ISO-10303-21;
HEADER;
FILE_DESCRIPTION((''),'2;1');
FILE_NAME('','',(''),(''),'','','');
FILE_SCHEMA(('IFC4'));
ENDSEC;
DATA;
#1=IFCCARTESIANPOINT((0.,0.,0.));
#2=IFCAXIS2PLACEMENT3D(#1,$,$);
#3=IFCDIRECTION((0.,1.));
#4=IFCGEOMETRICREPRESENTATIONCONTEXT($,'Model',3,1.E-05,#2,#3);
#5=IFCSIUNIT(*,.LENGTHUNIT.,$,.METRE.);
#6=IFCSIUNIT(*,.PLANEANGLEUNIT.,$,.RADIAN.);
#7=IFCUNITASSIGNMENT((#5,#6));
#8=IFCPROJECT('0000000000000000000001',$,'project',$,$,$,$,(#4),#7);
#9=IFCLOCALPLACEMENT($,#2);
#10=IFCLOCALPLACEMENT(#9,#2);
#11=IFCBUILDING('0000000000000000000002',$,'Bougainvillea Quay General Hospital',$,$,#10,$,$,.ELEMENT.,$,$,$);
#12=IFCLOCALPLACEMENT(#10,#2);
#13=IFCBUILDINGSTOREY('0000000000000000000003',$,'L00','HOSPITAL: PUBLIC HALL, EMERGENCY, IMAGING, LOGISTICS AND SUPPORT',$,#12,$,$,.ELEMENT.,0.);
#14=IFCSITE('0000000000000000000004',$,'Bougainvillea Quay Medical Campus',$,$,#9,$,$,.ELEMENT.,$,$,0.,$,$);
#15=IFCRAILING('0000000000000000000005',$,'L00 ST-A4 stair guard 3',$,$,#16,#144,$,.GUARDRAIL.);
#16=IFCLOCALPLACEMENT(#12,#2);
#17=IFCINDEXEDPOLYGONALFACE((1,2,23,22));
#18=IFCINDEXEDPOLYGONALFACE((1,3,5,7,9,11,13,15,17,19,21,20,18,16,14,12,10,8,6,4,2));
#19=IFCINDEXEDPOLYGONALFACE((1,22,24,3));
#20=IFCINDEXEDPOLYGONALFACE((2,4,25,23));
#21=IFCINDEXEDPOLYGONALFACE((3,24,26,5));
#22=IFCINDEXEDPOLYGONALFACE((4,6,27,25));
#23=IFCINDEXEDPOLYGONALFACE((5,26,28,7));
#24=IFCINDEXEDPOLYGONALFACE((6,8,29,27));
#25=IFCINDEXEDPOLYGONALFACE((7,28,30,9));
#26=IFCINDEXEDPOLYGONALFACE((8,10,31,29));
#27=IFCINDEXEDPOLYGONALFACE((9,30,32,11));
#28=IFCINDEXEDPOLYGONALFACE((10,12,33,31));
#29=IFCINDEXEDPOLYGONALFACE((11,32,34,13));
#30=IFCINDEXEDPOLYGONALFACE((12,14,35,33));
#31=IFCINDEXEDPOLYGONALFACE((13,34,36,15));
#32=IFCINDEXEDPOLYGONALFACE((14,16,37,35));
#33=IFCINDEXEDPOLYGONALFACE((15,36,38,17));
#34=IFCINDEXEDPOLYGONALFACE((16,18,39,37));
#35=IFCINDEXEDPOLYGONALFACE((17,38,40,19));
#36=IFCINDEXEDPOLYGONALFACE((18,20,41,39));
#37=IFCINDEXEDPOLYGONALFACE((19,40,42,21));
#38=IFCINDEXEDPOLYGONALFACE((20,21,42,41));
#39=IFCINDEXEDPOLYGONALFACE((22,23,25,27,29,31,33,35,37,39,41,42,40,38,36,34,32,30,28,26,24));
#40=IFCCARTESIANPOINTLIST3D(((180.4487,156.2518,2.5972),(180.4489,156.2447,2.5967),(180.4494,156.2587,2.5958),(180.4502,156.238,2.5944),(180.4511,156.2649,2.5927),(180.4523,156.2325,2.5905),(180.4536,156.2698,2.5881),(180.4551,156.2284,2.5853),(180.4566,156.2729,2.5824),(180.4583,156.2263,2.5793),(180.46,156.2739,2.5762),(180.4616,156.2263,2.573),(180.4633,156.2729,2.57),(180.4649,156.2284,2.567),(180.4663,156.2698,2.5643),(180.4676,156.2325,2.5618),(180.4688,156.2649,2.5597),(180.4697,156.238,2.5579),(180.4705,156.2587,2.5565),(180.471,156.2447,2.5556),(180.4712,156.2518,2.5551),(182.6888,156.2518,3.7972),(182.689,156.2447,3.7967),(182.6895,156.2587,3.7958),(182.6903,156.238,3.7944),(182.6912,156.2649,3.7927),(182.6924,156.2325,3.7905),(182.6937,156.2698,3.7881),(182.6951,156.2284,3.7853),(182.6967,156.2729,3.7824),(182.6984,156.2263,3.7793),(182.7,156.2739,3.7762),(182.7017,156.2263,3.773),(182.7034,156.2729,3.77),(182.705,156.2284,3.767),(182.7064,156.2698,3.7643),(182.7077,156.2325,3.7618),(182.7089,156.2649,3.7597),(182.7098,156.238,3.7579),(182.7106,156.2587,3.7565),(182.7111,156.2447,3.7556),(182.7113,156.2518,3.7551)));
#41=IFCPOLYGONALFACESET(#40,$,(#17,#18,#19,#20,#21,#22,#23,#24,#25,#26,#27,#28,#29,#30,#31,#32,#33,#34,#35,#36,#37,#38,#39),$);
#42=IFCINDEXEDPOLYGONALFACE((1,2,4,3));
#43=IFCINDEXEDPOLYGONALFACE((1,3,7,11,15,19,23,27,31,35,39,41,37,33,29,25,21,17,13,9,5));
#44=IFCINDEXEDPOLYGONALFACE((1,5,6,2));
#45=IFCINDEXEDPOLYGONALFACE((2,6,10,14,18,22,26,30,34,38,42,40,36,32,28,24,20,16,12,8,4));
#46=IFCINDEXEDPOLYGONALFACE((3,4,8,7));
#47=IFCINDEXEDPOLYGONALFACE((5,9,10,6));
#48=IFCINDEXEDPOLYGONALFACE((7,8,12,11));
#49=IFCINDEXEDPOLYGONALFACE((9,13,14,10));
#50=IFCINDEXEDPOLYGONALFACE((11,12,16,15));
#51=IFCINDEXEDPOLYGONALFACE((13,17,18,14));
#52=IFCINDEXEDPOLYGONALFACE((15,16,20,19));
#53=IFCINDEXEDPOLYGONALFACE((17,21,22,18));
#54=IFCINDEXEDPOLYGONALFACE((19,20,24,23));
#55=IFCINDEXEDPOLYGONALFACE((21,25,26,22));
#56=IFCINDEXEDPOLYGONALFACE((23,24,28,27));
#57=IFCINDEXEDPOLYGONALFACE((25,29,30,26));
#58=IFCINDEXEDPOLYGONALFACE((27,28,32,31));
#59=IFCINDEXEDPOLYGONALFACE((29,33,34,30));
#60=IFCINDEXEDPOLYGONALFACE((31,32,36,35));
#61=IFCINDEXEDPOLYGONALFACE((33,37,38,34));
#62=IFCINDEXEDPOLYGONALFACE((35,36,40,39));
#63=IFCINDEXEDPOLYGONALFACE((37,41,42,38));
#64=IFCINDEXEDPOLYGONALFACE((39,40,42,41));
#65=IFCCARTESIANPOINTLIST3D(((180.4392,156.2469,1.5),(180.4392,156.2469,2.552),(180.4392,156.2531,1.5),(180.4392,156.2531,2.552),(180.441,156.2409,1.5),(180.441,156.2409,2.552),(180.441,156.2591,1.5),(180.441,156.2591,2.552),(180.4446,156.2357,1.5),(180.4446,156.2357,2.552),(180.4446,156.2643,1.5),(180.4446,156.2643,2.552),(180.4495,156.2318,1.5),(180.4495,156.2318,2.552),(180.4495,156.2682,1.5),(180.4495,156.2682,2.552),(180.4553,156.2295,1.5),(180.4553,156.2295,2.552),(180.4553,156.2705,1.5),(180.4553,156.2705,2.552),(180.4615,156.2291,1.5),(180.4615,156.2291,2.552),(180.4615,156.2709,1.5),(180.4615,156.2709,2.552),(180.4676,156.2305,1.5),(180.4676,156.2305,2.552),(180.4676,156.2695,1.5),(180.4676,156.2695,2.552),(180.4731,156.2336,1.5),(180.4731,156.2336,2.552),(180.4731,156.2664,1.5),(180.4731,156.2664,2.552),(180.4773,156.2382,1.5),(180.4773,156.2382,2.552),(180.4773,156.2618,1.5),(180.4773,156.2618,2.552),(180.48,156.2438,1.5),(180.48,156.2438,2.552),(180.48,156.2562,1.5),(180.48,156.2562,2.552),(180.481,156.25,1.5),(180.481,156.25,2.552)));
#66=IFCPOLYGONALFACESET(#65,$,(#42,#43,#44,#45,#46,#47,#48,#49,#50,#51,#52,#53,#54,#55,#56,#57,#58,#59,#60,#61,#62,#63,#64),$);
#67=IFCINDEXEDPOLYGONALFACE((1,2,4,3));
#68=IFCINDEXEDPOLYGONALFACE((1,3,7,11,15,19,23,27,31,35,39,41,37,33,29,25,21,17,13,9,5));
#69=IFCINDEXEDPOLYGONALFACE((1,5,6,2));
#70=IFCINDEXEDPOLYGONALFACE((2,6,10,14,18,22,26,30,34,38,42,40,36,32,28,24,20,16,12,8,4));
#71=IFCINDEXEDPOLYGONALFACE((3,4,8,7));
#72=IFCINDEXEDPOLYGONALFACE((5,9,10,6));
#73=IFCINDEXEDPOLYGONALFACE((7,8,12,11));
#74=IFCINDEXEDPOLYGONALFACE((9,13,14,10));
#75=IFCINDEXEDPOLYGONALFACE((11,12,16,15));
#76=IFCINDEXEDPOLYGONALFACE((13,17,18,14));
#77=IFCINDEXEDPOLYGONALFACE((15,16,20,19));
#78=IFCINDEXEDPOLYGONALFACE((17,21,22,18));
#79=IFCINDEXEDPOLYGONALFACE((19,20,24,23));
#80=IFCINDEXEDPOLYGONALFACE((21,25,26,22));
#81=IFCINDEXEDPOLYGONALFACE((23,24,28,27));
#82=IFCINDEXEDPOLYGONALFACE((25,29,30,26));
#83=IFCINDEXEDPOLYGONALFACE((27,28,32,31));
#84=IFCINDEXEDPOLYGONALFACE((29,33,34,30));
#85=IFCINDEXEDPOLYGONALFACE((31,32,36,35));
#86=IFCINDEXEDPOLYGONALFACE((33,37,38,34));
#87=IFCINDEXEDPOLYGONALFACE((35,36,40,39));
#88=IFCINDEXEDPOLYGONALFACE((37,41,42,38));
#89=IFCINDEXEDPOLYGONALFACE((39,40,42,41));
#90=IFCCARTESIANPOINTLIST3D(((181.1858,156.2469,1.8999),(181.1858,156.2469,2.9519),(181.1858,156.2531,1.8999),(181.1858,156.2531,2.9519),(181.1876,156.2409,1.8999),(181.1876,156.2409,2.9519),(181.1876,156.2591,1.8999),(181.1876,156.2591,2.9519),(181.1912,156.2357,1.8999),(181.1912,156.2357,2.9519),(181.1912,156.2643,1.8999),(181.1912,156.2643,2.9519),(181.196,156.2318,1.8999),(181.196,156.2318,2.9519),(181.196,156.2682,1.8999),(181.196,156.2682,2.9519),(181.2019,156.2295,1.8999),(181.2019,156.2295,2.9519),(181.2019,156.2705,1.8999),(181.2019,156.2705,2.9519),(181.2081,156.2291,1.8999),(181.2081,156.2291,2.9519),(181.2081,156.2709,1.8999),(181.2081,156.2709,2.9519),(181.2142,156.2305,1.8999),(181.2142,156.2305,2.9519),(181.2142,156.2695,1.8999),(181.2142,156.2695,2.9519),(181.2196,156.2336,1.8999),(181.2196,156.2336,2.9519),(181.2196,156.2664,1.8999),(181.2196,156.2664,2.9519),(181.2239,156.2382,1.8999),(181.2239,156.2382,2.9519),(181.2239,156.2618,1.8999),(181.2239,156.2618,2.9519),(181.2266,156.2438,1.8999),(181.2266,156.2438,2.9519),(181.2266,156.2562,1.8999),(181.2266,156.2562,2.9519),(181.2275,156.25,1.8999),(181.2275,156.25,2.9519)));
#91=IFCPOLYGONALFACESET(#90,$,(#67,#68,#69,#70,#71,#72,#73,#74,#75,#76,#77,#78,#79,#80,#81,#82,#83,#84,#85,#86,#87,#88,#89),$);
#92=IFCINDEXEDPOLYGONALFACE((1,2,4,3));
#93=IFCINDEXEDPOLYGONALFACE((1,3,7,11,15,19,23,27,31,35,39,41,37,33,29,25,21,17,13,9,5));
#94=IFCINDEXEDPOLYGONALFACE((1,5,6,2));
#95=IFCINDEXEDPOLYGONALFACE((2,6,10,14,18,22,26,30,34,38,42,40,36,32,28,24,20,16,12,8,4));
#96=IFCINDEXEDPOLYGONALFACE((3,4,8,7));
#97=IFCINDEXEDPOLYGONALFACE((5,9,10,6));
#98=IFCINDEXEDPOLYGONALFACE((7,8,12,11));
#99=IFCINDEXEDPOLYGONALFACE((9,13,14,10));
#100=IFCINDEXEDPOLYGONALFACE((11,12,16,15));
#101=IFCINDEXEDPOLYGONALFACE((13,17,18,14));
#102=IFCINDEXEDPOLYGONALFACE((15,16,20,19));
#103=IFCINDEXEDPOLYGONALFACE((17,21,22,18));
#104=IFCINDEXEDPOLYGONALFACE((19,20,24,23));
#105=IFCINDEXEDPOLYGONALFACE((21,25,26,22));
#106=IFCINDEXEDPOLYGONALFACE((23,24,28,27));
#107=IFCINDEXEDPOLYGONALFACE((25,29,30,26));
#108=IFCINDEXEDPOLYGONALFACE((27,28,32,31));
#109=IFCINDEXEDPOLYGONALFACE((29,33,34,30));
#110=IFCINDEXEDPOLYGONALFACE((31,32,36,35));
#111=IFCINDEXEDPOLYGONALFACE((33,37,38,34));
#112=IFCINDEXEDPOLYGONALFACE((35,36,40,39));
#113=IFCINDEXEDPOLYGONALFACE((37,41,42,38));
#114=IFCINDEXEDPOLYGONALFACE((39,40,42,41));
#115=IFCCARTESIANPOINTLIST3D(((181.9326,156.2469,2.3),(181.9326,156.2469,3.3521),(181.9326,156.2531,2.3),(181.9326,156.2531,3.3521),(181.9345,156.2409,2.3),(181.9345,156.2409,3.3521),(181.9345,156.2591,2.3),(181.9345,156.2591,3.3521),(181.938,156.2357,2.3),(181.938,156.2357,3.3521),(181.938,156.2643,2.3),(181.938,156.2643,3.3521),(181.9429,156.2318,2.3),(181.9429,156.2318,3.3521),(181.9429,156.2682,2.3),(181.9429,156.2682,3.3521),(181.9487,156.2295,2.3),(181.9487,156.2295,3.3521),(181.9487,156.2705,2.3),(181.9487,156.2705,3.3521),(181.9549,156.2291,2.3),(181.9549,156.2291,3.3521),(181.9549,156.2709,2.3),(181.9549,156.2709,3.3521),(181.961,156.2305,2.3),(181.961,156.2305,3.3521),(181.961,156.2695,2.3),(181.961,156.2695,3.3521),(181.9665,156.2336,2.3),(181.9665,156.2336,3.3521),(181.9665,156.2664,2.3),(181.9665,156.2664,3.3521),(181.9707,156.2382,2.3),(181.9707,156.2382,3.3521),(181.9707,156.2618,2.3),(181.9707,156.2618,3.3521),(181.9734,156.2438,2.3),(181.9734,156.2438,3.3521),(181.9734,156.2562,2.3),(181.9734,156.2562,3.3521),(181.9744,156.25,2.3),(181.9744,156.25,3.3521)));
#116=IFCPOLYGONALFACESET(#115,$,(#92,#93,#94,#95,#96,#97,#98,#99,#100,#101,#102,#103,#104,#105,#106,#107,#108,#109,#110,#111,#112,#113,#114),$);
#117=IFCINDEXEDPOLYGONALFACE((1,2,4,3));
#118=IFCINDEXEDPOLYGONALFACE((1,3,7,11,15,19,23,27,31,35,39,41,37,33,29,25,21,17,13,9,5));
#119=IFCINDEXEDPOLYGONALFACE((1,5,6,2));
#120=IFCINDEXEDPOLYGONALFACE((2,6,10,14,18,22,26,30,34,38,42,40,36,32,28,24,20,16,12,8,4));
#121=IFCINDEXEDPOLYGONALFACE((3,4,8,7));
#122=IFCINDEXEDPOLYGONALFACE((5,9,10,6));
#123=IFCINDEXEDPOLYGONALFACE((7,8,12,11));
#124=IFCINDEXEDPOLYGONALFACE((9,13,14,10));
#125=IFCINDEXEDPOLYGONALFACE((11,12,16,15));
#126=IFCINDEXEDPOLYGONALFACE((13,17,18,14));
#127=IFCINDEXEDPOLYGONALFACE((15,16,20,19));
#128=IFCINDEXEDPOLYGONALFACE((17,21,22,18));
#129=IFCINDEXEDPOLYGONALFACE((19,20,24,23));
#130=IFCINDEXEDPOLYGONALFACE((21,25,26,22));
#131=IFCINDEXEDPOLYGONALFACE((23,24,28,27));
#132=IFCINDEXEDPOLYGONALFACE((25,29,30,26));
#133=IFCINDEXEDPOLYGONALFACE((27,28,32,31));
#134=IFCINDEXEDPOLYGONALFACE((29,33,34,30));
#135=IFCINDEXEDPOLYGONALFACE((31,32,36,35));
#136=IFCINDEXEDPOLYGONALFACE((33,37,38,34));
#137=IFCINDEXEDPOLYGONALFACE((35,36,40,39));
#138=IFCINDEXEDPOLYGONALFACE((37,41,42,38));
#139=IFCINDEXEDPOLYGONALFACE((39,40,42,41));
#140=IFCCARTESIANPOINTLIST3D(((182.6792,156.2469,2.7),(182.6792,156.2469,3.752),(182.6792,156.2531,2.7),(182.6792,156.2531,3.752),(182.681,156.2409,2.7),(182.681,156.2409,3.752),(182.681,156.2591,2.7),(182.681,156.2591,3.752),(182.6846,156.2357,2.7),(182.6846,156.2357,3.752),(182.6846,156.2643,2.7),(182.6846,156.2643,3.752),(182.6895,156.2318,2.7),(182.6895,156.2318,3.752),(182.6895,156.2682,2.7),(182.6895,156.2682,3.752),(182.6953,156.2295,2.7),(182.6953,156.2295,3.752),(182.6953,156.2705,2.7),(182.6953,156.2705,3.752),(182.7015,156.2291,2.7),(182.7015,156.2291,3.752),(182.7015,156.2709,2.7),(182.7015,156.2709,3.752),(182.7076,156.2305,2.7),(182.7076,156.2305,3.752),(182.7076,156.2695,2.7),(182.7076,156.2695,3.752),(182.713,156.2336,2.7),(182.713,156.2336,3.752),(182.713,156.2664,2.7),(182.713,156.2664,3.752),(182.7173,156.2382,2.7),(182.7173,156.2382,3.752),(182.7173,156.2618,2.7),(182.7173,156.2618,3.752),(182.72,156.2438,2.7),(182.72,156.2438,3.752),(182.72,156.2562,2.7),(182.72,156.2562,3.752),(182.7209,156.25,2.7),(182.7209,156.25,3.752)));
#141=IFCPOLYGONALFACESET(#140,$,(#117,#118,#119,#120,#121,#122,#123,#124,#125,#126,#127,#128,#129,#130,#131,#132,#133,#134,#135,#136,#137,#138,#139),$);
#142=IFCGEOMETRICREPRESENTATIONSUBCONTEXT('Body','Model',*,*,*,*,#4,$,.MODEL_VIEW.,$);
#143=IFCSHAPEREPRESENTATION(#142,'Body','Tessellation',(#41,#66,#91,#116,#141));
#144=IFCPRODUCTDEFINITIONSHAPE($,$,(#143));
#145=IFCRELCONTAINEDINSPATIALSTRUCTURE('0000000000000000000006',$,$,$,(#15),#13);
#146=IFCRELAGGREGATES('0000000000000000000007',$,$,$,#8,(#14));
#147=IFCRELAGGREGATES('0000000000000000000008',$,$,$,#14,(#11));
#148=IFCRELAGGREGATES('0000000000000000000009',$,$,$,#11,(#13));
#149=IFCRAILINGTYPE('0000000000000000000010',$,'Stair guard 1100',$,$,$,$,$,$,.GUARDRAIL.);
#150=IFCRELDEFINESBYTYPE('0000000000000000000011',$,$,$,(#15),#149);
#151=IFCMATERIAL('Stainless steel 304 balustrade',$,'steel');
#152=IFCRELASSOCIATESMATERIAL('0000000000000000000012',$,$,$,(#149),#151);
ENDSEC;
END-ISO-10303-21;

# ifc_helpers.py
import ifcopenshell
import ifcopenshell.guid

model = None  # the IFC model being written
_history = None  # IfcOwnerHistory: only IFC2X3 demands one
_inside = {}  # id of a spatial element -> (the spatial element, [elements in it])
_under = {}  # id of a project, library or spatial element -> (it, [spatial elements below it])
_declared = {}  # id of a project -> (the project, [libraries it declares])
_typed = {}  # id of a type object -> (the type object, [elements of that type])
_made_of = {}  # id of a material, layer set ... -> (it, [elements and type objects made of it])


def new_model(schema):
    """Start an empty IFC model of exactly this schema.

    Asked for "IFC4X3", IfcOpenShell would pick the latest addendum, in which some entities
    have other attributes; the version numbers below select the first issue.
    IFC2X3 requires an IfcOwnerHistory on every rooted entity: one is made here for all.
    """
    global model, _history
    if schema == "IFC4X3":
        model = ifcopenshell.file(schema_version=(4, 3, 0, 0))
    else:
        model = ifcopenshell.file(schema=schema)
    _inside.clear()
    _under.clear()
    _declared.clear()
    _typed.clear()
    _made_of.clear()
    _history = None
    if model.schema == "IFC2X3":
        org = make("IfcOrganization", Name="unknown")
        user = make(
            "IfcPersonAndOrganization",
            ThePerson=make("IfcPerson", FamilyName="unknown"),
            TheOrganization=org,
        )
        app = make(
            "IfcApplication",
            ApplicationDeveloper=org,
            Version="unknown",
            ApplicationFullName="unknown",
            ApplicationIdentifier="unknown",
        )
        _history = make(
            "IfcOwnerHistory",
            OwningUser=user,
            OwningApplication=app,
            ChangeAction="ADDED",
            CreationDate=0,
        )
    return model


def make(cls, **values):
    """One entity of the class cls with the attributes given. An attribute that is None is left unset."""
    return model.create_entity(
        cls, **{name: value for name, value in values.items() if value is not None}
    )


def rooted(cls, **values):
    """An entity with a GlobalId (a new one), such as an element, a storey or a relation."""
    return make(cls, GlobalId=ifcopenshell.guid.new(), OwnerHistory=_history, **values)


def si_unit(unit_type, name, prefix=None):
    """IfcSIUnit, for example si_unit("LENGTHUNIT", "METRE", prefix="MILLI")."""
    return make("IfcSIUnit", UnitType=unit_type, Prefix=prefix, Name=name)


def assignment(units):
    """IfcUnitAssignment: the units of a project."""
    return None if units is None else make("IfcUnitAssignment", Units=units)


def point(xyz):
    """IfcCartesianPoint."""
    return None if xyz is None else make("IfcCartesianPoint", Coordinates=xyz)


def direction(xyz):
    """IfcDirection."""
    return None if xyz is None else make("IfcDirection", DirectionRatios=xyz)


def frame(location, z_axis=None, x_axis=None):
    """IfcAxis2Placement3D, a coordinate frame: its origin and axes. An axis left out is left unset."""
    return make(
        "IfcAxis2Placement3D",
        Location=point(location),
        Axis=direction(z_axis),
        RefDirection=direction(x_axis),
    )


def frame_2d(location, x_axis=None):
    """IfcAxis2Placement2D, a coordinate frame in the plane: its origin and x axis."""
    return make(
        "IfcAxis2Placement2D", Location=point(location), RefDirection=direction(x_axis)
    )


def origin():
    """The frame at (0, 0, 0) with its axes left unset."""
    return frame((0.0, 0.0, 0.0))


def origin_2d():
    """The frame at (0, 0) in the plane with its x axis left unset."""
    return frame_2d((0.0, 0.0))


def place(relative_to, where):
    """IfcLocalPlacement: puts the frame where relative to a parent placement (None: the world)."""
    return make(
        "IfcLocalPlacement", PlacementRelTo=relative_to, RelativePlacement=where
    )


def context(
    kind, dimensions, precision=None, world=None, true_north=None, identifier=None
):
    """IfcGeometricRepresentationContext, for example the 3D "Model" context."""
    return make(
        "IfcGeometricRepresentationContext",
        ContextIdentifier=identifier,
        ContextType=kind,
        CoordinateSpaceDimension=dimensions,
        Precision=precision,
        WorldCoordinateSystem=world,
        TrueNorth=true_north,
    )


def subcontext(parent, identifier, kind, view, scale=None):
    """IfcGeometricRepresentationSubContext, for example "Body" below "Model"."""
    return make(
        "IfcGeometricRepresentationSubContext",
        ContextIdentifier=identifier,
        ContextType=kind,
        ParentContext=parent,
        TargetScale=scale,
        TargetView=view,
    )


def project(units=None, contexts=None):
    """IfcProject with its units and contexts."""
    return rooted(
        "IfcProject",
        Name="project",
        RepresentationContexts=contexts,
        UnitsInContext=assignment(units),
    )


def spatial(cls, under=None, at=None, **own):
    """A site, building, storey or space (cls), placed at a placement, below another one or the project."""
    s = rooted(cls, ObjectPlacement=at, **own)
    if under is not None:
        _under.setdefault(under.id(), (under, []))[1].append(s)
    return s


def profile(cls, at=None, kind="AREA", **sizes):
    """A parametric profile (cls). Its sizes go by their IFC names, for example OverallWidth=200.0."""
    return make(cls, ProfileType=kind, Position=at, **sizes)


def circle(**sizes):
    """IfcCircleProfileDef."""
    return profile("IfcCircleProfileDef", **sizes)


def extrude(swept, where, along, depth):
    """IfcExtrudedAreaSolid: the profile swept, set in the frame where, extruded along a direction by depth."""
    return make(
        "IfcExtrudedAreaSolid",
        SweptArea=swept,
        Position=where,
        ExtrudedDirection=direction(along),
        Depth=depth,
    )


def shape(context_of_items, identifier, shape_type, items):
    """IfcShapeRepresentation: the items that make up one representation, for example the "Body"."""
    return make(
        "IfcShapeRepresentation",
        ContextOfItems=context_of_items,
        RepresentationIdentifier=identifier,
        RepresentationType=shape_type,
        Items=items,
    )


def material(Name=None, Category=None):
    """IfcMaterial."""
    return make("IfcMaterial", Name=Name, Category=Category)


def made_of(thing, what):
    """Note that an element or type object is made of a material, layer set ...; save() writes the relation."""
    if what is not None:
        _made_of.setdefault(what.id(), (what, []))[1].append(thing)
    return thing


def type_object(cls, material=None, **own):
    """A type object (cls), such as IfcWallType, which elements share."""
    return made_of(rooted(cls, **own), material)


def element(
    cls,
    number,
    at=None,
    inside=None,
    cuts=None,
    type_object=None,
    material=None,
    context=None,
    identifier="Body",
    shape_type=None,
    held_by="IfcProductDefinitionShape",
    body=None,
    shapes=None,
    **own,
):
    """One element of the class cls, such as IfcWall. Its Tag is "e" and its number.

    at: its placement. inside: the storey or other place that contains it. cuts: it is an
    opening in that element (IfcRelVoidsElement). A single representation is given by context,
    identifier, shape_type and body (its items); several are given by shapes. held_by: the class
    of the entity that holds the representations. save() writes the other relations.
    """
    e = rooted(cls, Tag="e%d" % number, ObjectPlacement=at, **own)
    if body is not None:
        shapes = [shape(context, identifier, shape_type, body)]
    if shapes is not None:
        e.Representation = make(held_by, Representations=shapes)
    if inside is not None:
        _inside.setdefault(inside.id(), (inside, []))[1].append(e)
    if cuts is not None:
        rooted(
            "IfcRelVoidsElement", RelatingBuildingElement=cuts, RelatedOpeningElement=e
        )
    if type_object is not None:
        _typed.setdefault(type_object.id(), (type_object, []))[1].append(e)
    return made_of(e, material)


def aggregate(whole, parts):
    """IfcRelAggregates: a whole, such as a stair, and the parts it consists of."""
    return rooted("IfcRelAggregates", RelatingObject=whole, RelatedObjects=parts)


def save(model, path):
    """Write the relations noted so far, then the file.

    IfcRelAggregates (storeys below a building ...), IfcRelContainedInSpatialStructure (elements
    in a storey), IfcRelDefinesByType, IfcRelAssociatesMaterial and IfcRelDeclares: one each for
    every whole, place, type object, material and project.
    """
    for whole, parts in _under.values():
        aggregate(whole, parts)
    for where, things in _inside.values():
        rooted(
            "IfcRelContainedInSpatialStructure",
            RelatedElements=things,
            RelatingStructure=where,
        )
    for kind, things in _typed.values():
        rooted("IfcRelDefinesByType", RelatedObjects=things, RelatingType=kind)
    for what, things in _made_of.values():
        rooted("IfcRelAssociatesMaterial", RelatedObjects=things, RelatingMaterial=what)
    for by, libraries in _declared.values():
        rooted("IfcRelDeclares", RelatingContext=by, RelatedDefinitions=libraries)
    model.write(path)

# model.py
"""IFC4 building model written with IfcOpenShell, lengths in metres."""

from ifc_helpers import new_model, si_unit, direction, frame, origin, origin_2d, place, context, subcontext, project, spatial, circle, extrude, material, type_object, element, save


model = new_model("IFC4")

# Units and contexts
model_context = context("Model", 3, precision=1e-05, world=origin(), true_north=direction((0.0, 1.0)))
body_context = subcontext(model_context, "Body", "Model", "MODEL_VIEW")
ifc_project = project(units=[si_unit("LENGTHUNIT", "METRE"), si_unit("PLANEANGLEUNIT", "RADIAN")], contexts=[model_context])

# Site, building, storey
site_placement = place(None, origin())
site = spatial("IfcSite", under=ifc_project, at=site_placement, Name="Bougainvillea Quay Medical Campus", CompositionType="ELEMENT", RefElevation=0.0)
building_placement = place(site_placement, origin())
building = spatial("IfcBuilding", under=site, at=building_placement, Name="Bougainvillea Quay General Hospital", CompositionType="ELEMENT")
storey_placement = place(building_placement, origin())
storey = spatial("IfcBuildingStorey", under=building, at=storey_placement, Name="L00", Description="HOSPITAL: PUBLIC HALL, EMERGENCY, IMAGING, LOGISTICS AND SUPPORT", CompositionType="ELEMENT", Elevation=0.0)

# Railing
ifc_material_1 = material(Name="Stainless steel 304 balustrade", Category="steel")
railing_type_1 = type_object("IfcRailingType", Name="Stair guard 1100", PredefinedType="GUARDRAIL", material=ifc_material_1)
railing_1_placement = place(storey_placement, frame((180.46, 156.25, 1.5)))
element("IfcRailing", 1, at=railing_1_placement, inside=storey, type_object=railing_type_1, Name="L00 ST-A4 stair guard 3", PredefinedType="GUARDRAIL", context=body_context, shape_type="SweptSolid", body=[
    extrude(circle(Radius=0.0239, at=origin_2d()), frame((0.0, 0.0, 1.0762), z_axis=(0.881487, 0.0, 0.472208), x_axis=(0.0, 1.0, 0.0)), (0.0, 0.0, 1.0), 2.5413),
    extrude(circle(Radius=0.021, at=origin_2d()), origin(), (0.0, 0.0, 1.0), 1.052),
    extrude(circle(Radius=0.021, at=origin_2d()), frame((0.7466, 0.0, 0.3999)), (0.0, 0.0, 1.0), 1.052),
    extrude(circle(Radius=0.021, at=origin_2d()), frame((1.4934, 0.0, 0.8)), (0.0, 0.0, 1.0), 1.052),
    extrude(circle(Radius=0.021, at=origin_2d()), frame((2.24, 0.0, 1.2)), (0.0, 0.0, 1.0), 1.052),
])

save(model, "model.ifc")
